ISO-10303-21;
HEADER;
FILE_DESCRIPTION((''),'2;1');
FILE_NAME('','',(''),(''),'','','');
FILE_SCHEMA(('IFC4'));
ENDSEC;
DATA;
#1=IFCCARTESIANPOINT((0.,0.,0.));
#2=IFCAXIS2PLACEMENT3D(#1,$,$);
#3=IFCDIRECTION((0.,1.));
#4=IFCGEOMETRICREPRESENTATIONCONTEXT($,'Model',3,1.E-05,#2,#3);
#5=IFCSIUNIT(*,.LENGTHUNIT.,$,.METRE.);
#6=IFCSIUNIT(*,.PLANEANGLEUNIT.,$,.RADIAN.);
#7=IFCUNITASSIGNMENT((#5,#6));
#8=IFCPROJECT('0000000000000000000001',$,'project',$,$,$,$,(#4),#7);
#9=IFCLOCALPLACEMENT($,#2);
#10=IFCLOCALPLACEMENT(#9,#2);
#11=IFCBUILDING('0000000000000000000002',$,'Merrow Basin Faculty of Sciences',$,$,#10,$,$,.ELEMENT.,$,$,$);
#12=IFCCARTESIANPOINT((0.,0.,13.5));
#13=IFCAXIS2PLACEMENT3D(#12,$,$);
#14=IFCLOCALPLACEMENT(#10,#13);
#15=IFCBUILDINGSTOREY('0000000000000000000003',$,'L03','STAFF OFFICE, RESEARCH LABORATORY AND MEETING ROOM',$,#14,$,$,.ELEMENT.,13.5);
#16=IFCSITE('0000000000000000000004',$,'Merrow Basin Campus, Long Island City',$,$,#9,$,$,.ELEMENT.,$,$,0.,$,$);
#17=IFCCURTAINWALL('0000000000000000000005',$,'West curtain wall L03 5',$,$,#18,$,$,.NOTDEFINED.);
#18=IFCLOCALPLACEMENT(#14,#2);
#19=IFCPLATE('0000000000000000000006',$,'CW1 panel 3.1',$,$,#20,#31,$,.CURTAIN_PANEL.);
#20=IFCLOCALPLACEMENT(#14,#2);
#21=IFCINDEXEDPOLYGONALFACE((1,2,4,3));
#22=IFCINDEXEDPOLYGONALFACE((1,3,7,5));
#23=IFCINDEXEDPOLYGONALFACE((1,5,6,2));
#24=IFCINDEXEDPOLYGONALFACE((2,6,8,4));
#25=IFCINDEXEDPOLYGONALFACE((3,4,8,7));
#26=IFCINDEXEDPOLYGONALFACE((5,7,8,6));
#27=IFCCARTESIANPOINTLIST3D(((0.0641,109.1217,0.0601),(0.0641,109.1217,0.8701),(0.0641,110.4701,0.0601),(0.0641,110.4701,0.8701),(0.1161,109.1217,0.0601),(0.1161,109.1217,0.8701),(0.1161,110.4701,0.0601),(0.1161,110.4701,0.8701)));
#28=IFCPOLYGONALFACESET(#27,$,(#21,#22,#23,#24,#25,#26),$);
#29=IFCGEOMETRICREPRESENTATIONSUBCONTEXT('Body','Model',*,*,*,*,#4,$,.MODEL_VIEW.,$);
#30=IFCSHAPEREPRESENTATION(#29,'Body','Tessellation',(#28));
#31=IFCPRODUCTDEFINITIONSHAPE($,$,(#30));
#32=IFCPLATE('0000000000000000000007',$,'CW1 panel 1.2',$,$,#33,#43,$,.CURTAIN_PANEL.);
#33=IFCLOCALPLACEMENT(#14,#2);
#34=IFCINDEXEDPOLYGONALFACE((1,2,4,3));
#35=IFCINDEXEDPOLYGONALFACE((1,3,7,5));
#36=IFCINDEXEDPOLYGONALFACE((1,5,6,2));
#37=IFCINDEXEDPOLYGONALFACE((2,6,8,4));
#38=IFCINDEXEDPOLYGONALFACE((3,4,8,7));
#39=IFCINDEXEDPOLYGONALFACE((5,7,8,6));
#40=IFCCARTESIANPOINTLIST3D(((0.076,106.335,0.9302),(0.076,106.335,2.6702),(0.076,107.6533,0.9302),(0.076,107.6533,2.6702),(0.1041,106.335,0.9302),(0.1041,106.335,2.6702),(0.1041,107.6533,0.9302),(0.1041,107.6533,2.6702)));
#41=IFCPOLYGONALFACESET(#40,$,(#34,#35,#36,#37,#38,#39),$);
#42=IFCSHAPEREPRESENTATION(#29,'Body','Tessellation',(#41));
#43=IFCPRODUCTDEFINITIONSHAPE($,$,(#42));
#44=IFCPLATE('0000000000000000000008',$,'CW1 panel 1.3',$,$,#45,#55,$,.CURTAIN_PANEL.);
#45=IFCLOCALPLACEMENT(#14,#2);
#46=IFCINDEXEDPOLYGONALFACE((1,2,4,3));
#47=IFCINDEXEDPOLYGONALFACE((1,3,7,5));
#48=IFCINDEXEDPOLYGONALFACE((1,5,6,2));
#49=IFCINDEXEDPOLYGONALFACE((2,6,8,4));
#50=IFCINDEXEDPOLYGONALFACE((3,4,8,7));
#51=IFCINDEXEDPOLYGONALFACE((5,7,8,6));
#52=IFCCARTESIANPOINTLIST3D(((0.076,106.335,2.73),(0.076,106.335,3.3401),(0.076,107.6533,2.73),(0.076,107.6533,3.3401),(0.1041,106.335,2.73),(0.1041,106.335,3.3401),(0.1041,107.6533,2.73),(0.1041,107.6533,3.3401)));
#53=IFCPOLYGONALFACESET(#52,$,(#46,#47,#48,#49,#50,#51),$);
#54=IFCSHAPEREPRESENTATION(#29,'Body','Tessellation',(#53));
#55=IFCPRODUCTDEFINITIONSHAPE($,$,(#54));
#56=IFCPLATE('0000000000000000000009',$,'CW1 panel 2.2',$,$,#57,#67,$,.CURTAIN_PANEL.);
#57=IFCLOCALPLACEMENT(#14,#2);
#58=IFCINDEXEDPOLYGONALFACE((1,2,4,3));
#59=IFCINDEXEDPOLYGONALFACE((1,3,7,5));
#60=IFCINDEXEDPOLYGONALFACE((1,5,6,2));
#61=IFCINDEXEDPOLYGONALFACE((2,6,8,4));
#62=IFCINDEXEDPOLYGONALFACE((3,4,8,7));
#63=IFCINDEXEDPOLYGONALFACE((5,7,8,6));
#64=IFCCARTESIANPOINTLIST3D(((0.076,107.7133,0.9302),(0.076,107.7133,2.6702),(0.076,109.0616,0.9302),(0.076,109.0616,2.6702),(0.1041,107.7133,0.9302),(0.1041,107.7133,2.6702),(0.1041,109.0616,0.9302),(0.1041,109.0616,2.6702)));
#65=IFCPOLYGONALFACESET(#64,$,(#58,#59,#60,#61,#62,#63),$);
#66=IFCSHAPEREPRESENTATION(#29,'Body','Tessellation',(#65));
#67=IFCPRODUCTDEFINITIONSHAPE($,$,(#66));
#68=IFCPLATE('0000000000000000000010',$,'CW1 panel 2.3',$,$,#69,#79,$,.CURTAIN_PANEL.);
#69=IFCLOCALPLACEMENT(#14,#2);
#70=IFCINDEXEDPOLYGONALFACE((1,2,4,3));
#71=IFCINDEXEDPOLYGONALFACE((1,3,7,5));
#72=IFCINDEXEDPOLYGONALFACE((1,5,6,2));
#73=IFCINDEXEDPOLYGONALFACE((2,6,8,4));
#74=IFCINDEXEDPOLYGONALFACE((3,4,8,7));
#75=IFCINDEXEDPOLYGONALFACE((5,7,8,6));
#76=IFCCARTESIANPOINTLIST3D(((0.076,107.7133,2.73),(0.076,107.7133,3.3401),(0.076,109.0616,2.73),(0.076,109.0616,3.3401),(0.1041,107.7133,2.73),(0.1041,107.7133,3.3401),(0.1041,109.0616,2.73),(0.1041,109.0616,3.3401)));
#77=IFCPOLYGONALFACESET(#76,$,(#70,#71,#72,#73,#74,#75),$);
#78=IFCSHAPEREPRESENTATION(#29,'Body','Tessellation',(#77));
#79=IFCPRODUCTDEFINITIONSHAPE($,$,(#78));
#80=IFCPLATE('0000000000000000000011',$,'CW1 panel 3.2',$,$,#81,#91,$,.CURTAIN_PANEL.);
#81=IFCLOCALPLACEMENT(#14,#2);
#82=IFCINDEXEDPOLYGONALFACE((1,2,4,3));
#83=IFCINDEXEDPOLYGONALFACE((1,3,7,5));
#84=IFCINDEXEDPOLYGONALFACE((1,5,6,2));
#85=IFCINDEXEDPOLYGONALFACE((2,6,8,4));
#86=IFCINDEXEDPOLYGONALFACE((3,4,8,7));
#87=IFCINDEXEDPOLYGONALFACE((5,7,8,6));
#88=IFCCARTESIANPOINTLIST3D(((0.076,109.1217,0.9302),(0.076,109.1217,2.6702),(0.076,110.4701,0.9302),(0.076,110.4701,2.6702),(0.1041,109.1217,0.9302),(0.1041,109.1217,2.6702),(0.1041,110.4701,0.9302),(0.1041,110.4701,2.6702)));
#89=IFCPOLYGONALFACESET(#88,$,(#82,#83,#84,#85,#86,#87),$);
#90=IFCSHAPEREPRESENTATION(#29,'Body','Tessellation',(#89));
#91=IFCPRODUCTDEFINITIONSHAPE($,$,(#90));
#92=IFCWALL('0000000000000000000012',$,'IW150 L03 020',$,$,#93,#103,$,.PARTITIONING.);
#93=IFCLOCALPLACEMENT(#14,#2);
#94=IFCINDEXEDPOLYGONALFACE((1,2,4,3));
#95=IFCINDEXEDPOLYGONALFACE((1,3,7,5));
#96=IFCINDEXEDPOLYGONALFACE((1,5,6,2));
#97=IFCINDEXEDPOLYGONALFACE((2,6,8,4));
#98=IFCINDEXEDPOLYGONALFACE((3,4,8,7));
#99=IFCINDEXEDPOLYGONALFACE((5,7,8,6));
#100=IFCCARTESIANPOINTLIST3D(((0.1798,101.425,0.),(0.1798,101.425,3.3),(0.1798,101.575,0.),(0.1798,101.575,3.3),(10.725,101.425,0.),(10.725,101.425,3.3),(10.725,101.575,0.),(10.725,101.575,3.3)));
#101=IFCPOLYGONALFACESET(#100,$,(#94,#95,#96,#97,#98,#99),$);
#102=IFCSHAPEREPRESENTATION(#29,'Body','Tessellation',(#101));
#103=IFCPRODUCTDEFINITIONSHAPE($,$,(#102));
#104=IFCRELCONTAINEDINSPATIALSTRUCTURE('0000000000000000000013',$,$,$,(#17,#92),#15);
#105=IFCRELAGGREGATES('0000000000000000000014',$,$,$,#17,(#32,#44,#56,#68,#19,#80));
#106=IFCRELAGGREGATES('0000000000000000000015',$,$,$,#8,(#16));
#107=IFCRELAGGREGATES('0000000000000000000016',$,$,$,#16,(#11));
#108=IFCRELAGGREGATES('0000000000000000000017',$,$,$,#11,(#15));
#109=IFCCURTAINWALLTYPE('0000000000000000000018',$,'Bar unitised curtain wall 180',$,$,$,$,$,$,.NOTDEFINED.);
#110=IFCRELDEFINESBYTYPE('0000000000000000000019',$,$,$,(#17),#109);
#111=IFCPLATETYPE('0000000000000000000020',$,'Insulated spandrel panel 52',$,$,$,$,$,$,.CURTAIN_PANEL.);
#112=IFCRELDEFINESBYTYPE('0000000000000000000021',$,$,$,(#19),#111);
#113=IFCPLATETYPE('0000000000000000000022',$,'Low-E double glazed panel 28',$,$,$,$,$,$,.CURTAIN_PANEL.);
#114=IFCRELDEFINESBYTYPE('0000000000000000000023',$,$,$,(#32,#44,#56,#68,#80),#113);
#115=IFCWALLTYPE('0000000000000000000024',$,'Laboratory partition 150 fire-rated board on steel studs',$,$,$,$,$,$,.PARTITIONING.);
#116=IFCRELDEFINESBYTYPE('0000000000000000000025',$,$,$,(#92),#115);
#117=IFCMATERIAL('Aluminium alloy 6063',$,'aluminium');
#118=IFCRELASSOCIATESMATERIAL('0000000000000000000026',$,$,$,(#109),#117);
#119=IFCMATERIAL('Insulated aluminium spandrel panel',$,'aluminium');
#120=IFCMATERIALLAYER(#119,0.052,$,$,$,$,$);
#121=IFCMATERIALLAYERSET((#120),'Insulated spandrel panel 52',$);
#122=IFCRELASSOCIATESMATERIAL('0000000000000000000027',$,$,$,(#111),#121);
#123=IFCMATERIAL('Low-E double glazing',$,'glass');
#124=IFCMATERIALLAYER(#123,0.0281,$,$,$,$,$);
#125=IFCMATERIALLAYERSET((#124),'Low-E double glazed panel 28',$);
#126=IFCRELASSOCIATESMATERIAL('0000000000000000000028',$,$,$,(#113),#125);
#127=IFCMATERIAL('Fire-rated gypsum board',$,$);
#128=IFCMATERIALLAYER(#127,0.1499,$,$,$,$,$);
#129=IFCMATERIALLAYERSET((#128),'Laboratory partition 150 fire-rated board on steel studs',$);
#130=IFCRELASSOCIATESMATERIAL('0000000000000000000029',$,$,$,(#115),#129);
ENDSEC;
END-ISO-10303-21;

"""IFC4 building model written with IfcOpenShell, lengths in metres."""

from ifc_helpers import new_model, si_unit, direction, frame, frame_2d, origin, origin_2d, place, context, subcontext, project, spatial, rectangle, extrude, material, layer, layer_set, type_object, element, aggregate, save


model = new_model("IFC4")

# Units and contexts
model_context = context("Model", 3, precision=1e-05, world=origin(), true_north=direction((0.0, 1.0)))
body_context = subcontext(model_context, "Body", "Model", "MODEL_VIEW")
ifc_project = project(units=[si_unit("LENGTHUNIT", "METRE"), si_unit("PLANEANGLEUNIT", "RADIAN")], contexts=[model_context])

# Site, building, storey
site_placement = place(None, origin())
site = spatial("IfcSite", under=ifc_project, at=site_placement, Name="Merrow Basin Campus, Long Island City", CompositionType="ELEMENT", RefElevation=0.0)
building_placement = place(site_placement, origin())
building = spatial("IfcBuilding", under=site, at=building_placement, Name="Merrow Basin Faculty of Sciences", CompositionType="ELEMENT")
storey_placement = place(building_placement, frame((0.0, 0.0, 13.5)))
storey = spatial("IfcBuildingStorey", under=building, at=storey_placement, Name="L03", Description="STAFF OFFICE, RESEARCH LABORATORY AND MEETING ROOM", CompositionType="ELEMENT", Elevation=13.5)

# Curtain wall
ifc_material_1 = material(Name="Aluminium alloy 6063", Category="aluminium")
curtain_wall_type = type_object("IfcCurtainWallType", Name="Bar unitised curtain wall 180", PredefinedType="NOTDEFINED", material=ifc_material_1)
curtain_wall_placement = place(storey_placement, origin())
curtain_wall = element("IfcCurtainWall", 1, at=curtain_wall_placement, inside=storey, type_object=curtain_wall_type, Name="West curtain wall L03 5", PredefinedType="NOTDEFINED")

# Plates
ifc_material_2 = material(Name="Insulated aluminium spandrel panel", Category="aluminium")
ifc_layer_1 = layer(ifc_material_2, 0.052)
ifc_layer_set_1 = layer_set([ifc_layer_1], Name="Insulated spandrel panel 52")
plate_type_1 = type_object("IfcPlateType", Name="Insulated spandrel panel 52", PredefinedType="CURTAIN_PANEL", material=ifc_layer_set_1)
plate_1_placement = place(storey_placement, frame((0.0901, 109.7959, 0.0601), z_axis=(0.0, 0.0, 1.0), x_axis=(0.0, 1.0, 0.0)))
plate_1 = element("IfcPlate", 2, at=plate_1_placement, type_object=plate_type_1, Name="CW1 panel 3.1", PredefinedType="CURTAIN_PANEL", context=body_context, shape_type="SweptSolid", body=[
    extrude(rectangle(XDim=1.3484, YDim=0.052, at=origin_2d()), origin(), (0.0, 0.0, 1.0), 0.8101),
])
ifc_material_3 = material(Name="Low-E double glazing", Category="glass")
ifc_layer_2 = layer(ifc_material_3, 0.0281)
ifc_layer_set_2 = layer_set([ifc_layer_2], Name="Low-E double glazed panel 28")
plate_type_2 = type_object("IfcPlateType", Name="Low-E double glazed panel 28", PredefinedType="CURTAIN_PANEL", material=ifc_layer_set_2)
plate_2_placement = place(storey_placement, frame((0.0901, 106.9941, 0.9302), z_axis=(0.0, 0.0, 1.0), x_axis=(0.0, 1.0, 0.0)))
plate_2 = element("IfcPlate", 3, at=plate_2_placement, type_object=plate_type_2, Name="CW1 panel 1.2", PredefinedType="CURTAIN_PANEL", context=body_context, shape_type="SweptSolid", body=[
    extrude(rectangle(XDim=1.3184, YDim=0.0281, at=origin_2d()), origin(), (0.0, 0.0, 1.0), 1.74),
])
plate_3_placement = place(storey_placement, frame((0.0901, 106.9941, 2.73), z_axis=(0.0, 0.0, 1.0), x_axis=(0.0, 1.0, 0.0)))
plate_3 = element("IfcPlate", 4, at=plate_3_placement, type_object=plate_type_2, Name="CW1 panel 1.3", PredefinedType="CURTAIN_PANEL", context=body_context, shape_type="SweptSolid", body=[
    extrude(rectangle(XDim=1.3184, YDim=0.0281, at=origin_2d()), origin(), (0.0, 0.0, 1.0), 0.6101),
])
plate_4_placement = place(storey_placement, frame((0.0901, 108.3875, 0.9302), z_axis=(0.0, 0.0, 1.0), x_axis=(0.0, 1.0, 0.0)))
plate_4 = element("IfcPlate", 5, at=plate_4_placement, type_object=plate_type_2, Name="CW1 panel 2.2", PredefinedType="CURTAIN_PANEL", context=body_context, shape_type="SweptSolid", body=[
    extrude(rectangle(XDim=1.3484, YDim=0.0281, at=origin_2d()), origin(), (0.0, 0.0, 1.0), 1.74),
])
plate_5_placement = place(storey_placement, frame((0.0901, 108.3875, 2.73), z_axis=(0.0, 0.0, 1.0), x_axis=(0.0, 1.0, 0.0)))
plate_5 = element("IfcPlate", 6, at=plate_5_placement, type_object=plate_type_2, Name="CW1 panel 2.3", PredefinedType="CURTAIN_PANEL", context=body_context, shape_type="SweptSolid", body=[
    extrude(rectangle(XDim=1.3484, YDim=0.0281, at=origin_2d()), origin(), (0.0, 0.0, 1.0), 0.6101),
])
plate_6_placement = place(storey_placement, frame((0.0901, 109.7959, 0.9302), z_axis=(0.0, 0.0, 1.0), x_axis=(0.0, 1.0, 0.0)))
plate_6 = element("IfcPlate", 7, at=plate_6_placement, type_object=plate_type_2, Name="CW1 panel 3.2", PredefinedType="CURTAIN_PANEL", context=body_context, shape_type="SweptSolid", body=[
    extrude(rectangle(XDim=1.3484, YDim=0.0281, at=origin_2d()), origin(), (0.0, 0.0, 1.0), 1.74),
])
aggregate(curtain_wall, [plate_2, plate_3, plate_4, plate_5, plate_1, plate_6])

# Wall
ifc_material_4 = material(Name="Fire-rated gypsum board")
ifc_layer_3 = layer(ifc_material_4, 0.1499)
ifc_layer_set_3 = layer_set([ifc_layer_3], Name="Laboratory partition 150 fire-rated board on steel studs")
wall_type = type_object("IfcWallType", Name="Laboratory partition 150 fire-rated board on steel studs", PredefinedType="PARTITIONING", material=ifc_layer_set_3)
wall_placement = place(storey_placement, frame((0.1799, 101.5, 0.0), z_axis=(0.0, 0.0, 1.0), x_axis=(1.0, 0.0, 0.0)))
element("IfcWall", 8, at=wall_placement, inside=storey, type_object=wall_type, Name="IW150 L03 020", PredefinedType="PARTITIONING", context=body_context, shape_type="SweptSolid", body=[
    extrude(rectangle(XDim=10.5452, YDim=0.1499, at=frame_2d((5.2725, 0.0))), origin(), (0.0, 0.0, 1.0), 3.3),
])

save(model, "model.ifc")
